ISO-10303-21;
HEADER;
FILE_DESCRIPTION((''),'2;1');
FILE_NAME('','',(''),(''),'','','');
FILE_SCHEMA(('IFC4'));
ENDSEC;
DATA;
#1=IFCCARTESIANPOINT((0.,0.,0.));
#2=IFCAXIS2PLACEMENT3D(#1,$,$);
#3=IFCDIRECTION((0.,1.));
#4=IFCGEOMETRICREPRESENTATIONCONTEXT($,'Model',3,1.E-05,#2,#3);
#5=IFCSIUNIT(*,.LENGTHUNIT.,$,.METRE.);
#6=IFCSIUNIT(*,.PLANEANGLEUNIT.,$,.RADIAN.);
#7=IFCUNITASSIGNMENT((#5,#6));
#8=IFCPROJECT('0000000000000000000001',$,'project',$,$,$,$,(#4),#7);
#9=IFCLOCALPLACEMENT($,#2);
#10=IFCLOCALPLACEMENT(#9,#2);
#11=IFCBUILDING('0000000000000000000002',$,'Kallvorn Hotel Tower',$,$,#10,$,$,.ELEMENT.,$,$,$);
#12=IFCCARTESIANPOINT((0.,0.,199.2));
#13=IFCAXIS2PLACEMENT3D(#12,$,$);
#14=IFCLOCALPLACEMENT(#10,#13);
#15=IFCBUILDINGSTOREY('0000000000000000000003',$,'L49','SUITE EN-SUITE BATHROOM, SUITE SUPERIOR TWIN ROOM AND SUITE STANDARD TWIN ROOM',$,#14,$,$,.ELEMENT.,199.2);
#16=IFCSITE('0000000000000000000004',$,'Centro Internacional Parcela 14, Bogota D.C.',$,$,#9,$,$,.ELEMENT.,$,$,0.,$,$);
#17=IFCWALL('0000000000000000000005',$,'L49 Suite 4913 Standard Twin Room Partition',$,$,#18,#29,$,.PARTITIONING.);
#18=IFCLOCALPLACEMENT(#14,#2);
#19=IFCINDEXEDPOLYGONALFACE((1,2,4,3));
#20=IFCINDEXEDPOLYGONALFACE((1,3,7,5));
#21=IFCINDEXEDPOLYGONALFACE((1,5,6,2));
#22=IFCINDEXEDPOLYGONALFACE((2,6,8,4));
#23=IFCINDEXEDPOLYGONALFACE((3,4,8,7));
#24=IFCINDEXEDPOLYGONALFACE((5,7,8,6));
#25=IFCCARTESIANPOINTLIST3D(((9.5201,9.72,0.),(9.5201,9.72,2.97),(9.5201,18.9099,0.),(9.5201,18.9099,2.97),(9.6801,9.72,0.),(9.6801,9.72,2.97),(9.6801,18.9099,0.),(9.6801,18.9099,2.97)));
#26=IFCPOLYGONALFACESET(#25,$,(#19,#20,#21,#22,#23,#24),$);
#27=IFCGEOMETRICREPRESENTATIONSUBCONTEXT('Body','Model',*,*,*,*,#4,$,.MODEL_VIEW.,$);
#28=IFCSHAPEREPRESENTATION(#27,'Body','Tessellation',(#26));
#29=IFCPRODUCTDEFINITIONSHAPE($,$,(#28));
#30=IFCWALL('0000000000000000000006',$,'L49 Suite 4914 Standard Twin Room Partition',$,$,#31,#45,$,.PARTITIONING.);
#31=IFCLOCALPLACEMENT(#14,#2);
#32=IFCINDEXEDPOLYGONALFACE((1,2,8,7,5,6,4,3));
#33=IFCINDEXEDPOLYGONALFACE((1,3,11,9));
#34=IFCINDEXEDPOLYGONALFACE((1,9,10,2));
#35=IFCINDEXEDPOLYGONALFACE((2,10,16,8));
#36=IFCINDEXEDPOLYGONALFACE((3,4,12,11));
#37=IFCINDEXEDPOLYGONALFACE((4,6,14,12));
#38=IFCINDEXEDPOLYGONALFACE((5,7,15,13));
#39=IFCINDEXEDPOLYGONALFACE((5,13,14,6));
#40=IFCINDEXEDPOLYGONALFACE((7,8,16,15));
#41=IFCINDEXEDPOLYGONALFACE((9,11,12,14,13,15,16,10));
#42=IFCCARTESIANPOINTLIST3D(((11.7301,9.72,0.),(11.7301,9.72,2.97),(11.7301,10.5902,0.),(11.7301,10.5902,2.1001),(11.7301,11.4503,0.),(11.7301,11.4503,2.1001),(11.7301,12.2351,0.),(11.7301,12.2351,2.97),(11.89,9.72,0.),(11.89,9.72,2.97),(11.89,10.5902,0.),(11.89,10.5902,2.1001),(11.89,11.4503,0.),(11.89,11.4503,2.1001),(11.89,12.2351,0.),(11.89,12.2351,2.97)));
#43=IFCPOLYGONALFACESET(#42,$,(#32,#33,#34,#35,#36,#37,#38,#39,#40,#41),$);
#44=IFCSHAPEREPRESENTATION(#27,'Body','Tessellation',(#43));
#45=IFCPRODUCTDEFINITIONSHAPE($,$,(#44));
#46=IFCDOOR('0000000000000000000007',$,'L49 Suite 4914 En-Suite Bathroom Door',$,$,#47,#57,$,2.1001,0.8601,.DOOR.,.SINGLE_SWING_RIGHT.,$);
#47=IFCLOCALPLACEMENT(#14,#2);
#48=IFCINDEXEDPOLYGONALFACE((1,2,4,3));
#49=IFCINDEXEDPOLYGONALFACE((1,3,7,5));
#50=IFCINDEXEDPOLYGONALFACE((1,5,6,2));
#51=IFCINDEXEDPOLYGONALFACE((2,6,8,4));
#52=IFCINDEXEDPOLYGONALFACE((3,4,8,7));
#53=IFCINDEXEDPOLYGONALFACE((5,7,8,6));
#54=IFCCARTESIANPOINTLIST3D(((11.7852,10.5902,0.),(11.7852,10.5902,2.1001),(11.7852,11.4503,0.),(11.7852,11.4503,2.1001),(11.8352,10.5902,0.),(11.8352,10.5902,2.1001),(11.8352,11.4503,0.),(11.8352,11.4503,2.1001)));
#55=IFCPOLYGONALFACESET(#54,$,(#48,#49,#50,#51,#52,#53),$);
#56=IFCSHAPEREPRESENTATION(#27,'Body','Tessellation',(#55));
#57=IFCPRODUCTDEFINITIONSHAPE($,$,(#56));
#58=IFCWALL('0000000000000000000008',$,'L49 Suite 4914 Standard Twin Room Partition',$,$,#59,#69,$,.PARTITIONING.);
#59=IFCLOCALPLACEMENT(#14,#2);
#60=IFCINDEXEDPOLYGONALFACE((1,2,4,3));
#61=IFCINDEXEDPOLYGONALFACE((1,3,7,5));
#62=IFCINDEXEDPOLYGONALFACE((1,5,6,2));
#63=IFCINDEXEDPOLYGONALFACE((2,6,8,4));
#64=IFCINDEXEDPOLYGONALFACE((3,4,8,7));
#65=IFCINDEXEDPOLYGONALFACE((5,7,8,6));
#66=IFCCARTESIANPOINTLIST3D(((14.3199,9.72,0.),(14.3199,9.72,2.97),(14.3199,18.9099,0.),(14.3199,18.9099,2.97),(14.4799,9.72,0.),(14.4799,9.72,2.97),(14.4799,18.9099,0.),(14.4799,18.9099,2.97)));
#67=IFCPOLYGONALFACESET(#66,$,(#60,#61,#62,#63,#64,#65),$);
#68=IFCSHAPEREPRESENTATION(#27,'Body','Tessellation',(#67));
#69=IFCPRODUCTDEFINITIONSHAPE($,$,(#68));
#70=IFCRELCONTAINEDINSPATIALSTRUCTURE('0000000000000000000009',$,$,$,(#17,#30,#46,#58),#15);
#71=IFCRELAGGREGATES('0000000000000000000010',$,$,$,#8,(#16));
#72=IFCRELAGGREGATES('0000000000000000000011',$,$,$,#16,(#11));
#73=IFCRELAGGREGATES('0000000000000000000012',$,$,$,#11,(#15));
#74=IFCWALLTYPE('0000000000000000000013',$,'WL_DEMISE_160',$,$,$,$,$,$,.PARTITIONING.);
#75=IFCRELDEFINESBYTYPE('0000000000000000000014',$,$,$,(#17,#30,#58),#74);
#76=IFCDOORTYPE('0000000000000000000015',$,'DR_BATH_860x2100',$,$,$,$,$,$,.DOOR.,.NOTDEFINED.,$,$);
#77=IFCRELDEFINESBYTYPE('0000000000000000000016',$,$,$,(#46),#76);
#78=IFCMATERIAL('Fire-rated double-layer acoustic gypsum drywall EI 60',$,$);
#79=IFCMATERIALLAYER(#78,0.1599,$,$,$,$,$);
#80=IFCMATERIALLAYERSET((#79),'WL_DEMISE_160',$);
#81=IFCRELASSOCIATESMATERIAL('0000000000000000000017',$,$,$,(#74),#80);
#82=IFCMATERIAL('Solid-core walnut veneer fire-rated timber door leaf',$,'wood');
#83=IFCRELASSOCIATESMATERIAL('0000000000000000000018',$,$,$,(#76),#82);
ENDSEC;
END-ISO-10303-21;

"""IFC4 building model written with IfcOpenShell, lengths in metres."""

from ifc_helpers import new_model, si_unit, direction, frame, frame_2d, origin, place, context, subcontext, project, spatial, rectangle, extrude, material, layer, layer_set, type_object, element, fill, save


model = new_model("IFC4")

# Units and contexts
model_context = context("Model", 3, precision=1e-05, world=origin(), true_north=direction((0.0, 1.0)))
body_context = subcontext(model_context, "Body", "Model", "MODEL_VIEW")
ifc_project = project(units=[si_unit("LENGTHUNIT", "METRE"), si_unit("PLANEANGLEUNIT", "RADIAN")], contexts=[model_context])

# Site, building, storey
site_placement = place(None, origin())
site = spatial("IfcSite", under=ifc_project, at=site_placement, Name="Centro Internacional Parcela 14, Bogota D.C.", CompositionType="ELEMENT", RefElevation=0.0)
building_placement = place(site_placement, origin())
building = spatial("IfcBuilding", under=site, at=building_placement, Name="Kallvorn Hotel Tower", CompositionType="ELEMENT")
storey_placement = place(building_placement, frame((0.0, 0.0, 199.2)))
storey = spatial("IfcBuildingStorey", under=building, at=storey_placement, Name="L49", Description="SUITE EN-SUITE BATHROOM, SUITE SUPERIOR TWIN ROOM AND SUITE STANDARD TWIN ROOM", CompositionType="ELEMENT", Elevation=199.2)

# Shared definitions
ifc_material_1 = material(Name="Fire-rated double-layer acoustic gypsum drywall EI 60")
ifc_layer = layer(ifc_material_1, 0.1599)
ifc_layer_set = layer_set([ifc_layer], Name="WL_DEMISE_160")
wall_type = type_object("IfcWallType", Name="WL_DEMISE_160", PredefinedType="PARTITIONING", material=ifc_layer_set)

# Shared definitions
ifc_material_2 = material(Name="Solid-core walnut veneer fire-rated timber door leaf", Category="wood")
door_type = type_object("IfcDoorType", Name="DR_BATH_860x2100", OperationType="NOTDEFINED", PredefinedType="DOOR", material=ifc_material_2)

# Wall
wall_1_placement = place(storey_placement, frame((9.6001, 9.72, 0.0), z_axis=(0.0, 0.0, 1.0), x_axis=(0.0, 1.0, 0.0)))
element("IfcWall", 1, at=wall_1_placement, inside=storey, type_object=wall_type, Name="L49 Suite 4913 Standard Twin Room Partition", PredefinedType="PARTITIONING", context=body_context, shape_type="SweptSolid", body=[
    extrude(rectangle(XDim=9.1899, YDim=0.1599, at=frame_2d((4.595, 0.0))), origin(), (0.0, 0.0, 1.0), 2.97),
])

# Wall, opening, door
wall_2_placement = place(storey_placement, frame((11.8101, 9.72, 0.0), z_axis=(0.0, 0.0, 1.0), x_axis=(0.0, 1.0, 0.0)))
wall_2 = element("IfcWall", 2, at=wall_2_placement, inside=storey, type_object=wall_type, Name="L49 Suite 4914 Standard Twin Room Partition", PredefinedType="PARTITIONING", context=body_context, shape_type="SweptSolid", body=[
    extrude(rectangle(XDim=2.5151, YDim=0.1599, at=frame_2d((1.2576, 0.0))), origin(), (0.0, 0.0, 1.0), 2.97),
])
opening_1_placement = place(wall_2_placement, frame((0.8701, 0.0, 0.0)))
opening_1 = element("IfcOpeningElement", 3, at=opening_1_placement, cuts=wall_2, PredefinedType="OPENING", context=body_context, shape_type="SweptSolid", body=[
    extrude(rectangle(XDim=0.8601, YDim=2.1001, at=frame_2d((0.4302, 1.05))), frame((0.0, 0.095, 0.0), z_axis=(0.0, -1.0, 0.0), x_axis=(1.0, 0.0, 0.0)), (0.0, 0.0, 1.0), 0.1899),
])
door_1_placement = place(opening_1_placement, origin())
door_1 = element("IfcDoor", 4, at=door_1_placement, inside=storey, type_object=door_type, Name="L49 Suite 4914 En-Suite Bathroom Door", OperationType="SINGLE_SWING_RIGHT", OverallHeight=2.1001, OverallWidth=0.8601, PredefinedType="DOOR", context=body_context, shape_type="SweptSolid", body=[
    extrude(rectangle(XDim=0.8601, YDim=2.1001, at=frame_2d((0.4302, 1.05))), frame((0.0, 0.0249, 0.0), z_axis=(0.0, -1.0, 0.0), x_axis=(1.0, 0.0, 0.0)), (0.0, 0.0, 1.0), 0.05),
])
fill(opening_1, door_1)

# Wall
wall_3_placement = place(storey_placement, frame((14.3999, 9.72, 0.0), z_axis=(0.0, 0.0, 1.0), x_axis=(0.0, 1.0, 0.0)))
element("IfcWall", 5, at=wall_3_placement, inside=storey, type_object=wall_type, Name="L49 Suite 4914 Standard Twin Room Partition", PredefinedType="PARTITIONING", context=body_context, shape_type="SweptSolid", body=[
    extrude(rectangle(XDim=9.1899, YDim=0.1599, at=frame_2d((4.595, 0.0))), origin(), (0.0, 0.0, 1.0), 2.97),
])

save(model, "model.ifc")
